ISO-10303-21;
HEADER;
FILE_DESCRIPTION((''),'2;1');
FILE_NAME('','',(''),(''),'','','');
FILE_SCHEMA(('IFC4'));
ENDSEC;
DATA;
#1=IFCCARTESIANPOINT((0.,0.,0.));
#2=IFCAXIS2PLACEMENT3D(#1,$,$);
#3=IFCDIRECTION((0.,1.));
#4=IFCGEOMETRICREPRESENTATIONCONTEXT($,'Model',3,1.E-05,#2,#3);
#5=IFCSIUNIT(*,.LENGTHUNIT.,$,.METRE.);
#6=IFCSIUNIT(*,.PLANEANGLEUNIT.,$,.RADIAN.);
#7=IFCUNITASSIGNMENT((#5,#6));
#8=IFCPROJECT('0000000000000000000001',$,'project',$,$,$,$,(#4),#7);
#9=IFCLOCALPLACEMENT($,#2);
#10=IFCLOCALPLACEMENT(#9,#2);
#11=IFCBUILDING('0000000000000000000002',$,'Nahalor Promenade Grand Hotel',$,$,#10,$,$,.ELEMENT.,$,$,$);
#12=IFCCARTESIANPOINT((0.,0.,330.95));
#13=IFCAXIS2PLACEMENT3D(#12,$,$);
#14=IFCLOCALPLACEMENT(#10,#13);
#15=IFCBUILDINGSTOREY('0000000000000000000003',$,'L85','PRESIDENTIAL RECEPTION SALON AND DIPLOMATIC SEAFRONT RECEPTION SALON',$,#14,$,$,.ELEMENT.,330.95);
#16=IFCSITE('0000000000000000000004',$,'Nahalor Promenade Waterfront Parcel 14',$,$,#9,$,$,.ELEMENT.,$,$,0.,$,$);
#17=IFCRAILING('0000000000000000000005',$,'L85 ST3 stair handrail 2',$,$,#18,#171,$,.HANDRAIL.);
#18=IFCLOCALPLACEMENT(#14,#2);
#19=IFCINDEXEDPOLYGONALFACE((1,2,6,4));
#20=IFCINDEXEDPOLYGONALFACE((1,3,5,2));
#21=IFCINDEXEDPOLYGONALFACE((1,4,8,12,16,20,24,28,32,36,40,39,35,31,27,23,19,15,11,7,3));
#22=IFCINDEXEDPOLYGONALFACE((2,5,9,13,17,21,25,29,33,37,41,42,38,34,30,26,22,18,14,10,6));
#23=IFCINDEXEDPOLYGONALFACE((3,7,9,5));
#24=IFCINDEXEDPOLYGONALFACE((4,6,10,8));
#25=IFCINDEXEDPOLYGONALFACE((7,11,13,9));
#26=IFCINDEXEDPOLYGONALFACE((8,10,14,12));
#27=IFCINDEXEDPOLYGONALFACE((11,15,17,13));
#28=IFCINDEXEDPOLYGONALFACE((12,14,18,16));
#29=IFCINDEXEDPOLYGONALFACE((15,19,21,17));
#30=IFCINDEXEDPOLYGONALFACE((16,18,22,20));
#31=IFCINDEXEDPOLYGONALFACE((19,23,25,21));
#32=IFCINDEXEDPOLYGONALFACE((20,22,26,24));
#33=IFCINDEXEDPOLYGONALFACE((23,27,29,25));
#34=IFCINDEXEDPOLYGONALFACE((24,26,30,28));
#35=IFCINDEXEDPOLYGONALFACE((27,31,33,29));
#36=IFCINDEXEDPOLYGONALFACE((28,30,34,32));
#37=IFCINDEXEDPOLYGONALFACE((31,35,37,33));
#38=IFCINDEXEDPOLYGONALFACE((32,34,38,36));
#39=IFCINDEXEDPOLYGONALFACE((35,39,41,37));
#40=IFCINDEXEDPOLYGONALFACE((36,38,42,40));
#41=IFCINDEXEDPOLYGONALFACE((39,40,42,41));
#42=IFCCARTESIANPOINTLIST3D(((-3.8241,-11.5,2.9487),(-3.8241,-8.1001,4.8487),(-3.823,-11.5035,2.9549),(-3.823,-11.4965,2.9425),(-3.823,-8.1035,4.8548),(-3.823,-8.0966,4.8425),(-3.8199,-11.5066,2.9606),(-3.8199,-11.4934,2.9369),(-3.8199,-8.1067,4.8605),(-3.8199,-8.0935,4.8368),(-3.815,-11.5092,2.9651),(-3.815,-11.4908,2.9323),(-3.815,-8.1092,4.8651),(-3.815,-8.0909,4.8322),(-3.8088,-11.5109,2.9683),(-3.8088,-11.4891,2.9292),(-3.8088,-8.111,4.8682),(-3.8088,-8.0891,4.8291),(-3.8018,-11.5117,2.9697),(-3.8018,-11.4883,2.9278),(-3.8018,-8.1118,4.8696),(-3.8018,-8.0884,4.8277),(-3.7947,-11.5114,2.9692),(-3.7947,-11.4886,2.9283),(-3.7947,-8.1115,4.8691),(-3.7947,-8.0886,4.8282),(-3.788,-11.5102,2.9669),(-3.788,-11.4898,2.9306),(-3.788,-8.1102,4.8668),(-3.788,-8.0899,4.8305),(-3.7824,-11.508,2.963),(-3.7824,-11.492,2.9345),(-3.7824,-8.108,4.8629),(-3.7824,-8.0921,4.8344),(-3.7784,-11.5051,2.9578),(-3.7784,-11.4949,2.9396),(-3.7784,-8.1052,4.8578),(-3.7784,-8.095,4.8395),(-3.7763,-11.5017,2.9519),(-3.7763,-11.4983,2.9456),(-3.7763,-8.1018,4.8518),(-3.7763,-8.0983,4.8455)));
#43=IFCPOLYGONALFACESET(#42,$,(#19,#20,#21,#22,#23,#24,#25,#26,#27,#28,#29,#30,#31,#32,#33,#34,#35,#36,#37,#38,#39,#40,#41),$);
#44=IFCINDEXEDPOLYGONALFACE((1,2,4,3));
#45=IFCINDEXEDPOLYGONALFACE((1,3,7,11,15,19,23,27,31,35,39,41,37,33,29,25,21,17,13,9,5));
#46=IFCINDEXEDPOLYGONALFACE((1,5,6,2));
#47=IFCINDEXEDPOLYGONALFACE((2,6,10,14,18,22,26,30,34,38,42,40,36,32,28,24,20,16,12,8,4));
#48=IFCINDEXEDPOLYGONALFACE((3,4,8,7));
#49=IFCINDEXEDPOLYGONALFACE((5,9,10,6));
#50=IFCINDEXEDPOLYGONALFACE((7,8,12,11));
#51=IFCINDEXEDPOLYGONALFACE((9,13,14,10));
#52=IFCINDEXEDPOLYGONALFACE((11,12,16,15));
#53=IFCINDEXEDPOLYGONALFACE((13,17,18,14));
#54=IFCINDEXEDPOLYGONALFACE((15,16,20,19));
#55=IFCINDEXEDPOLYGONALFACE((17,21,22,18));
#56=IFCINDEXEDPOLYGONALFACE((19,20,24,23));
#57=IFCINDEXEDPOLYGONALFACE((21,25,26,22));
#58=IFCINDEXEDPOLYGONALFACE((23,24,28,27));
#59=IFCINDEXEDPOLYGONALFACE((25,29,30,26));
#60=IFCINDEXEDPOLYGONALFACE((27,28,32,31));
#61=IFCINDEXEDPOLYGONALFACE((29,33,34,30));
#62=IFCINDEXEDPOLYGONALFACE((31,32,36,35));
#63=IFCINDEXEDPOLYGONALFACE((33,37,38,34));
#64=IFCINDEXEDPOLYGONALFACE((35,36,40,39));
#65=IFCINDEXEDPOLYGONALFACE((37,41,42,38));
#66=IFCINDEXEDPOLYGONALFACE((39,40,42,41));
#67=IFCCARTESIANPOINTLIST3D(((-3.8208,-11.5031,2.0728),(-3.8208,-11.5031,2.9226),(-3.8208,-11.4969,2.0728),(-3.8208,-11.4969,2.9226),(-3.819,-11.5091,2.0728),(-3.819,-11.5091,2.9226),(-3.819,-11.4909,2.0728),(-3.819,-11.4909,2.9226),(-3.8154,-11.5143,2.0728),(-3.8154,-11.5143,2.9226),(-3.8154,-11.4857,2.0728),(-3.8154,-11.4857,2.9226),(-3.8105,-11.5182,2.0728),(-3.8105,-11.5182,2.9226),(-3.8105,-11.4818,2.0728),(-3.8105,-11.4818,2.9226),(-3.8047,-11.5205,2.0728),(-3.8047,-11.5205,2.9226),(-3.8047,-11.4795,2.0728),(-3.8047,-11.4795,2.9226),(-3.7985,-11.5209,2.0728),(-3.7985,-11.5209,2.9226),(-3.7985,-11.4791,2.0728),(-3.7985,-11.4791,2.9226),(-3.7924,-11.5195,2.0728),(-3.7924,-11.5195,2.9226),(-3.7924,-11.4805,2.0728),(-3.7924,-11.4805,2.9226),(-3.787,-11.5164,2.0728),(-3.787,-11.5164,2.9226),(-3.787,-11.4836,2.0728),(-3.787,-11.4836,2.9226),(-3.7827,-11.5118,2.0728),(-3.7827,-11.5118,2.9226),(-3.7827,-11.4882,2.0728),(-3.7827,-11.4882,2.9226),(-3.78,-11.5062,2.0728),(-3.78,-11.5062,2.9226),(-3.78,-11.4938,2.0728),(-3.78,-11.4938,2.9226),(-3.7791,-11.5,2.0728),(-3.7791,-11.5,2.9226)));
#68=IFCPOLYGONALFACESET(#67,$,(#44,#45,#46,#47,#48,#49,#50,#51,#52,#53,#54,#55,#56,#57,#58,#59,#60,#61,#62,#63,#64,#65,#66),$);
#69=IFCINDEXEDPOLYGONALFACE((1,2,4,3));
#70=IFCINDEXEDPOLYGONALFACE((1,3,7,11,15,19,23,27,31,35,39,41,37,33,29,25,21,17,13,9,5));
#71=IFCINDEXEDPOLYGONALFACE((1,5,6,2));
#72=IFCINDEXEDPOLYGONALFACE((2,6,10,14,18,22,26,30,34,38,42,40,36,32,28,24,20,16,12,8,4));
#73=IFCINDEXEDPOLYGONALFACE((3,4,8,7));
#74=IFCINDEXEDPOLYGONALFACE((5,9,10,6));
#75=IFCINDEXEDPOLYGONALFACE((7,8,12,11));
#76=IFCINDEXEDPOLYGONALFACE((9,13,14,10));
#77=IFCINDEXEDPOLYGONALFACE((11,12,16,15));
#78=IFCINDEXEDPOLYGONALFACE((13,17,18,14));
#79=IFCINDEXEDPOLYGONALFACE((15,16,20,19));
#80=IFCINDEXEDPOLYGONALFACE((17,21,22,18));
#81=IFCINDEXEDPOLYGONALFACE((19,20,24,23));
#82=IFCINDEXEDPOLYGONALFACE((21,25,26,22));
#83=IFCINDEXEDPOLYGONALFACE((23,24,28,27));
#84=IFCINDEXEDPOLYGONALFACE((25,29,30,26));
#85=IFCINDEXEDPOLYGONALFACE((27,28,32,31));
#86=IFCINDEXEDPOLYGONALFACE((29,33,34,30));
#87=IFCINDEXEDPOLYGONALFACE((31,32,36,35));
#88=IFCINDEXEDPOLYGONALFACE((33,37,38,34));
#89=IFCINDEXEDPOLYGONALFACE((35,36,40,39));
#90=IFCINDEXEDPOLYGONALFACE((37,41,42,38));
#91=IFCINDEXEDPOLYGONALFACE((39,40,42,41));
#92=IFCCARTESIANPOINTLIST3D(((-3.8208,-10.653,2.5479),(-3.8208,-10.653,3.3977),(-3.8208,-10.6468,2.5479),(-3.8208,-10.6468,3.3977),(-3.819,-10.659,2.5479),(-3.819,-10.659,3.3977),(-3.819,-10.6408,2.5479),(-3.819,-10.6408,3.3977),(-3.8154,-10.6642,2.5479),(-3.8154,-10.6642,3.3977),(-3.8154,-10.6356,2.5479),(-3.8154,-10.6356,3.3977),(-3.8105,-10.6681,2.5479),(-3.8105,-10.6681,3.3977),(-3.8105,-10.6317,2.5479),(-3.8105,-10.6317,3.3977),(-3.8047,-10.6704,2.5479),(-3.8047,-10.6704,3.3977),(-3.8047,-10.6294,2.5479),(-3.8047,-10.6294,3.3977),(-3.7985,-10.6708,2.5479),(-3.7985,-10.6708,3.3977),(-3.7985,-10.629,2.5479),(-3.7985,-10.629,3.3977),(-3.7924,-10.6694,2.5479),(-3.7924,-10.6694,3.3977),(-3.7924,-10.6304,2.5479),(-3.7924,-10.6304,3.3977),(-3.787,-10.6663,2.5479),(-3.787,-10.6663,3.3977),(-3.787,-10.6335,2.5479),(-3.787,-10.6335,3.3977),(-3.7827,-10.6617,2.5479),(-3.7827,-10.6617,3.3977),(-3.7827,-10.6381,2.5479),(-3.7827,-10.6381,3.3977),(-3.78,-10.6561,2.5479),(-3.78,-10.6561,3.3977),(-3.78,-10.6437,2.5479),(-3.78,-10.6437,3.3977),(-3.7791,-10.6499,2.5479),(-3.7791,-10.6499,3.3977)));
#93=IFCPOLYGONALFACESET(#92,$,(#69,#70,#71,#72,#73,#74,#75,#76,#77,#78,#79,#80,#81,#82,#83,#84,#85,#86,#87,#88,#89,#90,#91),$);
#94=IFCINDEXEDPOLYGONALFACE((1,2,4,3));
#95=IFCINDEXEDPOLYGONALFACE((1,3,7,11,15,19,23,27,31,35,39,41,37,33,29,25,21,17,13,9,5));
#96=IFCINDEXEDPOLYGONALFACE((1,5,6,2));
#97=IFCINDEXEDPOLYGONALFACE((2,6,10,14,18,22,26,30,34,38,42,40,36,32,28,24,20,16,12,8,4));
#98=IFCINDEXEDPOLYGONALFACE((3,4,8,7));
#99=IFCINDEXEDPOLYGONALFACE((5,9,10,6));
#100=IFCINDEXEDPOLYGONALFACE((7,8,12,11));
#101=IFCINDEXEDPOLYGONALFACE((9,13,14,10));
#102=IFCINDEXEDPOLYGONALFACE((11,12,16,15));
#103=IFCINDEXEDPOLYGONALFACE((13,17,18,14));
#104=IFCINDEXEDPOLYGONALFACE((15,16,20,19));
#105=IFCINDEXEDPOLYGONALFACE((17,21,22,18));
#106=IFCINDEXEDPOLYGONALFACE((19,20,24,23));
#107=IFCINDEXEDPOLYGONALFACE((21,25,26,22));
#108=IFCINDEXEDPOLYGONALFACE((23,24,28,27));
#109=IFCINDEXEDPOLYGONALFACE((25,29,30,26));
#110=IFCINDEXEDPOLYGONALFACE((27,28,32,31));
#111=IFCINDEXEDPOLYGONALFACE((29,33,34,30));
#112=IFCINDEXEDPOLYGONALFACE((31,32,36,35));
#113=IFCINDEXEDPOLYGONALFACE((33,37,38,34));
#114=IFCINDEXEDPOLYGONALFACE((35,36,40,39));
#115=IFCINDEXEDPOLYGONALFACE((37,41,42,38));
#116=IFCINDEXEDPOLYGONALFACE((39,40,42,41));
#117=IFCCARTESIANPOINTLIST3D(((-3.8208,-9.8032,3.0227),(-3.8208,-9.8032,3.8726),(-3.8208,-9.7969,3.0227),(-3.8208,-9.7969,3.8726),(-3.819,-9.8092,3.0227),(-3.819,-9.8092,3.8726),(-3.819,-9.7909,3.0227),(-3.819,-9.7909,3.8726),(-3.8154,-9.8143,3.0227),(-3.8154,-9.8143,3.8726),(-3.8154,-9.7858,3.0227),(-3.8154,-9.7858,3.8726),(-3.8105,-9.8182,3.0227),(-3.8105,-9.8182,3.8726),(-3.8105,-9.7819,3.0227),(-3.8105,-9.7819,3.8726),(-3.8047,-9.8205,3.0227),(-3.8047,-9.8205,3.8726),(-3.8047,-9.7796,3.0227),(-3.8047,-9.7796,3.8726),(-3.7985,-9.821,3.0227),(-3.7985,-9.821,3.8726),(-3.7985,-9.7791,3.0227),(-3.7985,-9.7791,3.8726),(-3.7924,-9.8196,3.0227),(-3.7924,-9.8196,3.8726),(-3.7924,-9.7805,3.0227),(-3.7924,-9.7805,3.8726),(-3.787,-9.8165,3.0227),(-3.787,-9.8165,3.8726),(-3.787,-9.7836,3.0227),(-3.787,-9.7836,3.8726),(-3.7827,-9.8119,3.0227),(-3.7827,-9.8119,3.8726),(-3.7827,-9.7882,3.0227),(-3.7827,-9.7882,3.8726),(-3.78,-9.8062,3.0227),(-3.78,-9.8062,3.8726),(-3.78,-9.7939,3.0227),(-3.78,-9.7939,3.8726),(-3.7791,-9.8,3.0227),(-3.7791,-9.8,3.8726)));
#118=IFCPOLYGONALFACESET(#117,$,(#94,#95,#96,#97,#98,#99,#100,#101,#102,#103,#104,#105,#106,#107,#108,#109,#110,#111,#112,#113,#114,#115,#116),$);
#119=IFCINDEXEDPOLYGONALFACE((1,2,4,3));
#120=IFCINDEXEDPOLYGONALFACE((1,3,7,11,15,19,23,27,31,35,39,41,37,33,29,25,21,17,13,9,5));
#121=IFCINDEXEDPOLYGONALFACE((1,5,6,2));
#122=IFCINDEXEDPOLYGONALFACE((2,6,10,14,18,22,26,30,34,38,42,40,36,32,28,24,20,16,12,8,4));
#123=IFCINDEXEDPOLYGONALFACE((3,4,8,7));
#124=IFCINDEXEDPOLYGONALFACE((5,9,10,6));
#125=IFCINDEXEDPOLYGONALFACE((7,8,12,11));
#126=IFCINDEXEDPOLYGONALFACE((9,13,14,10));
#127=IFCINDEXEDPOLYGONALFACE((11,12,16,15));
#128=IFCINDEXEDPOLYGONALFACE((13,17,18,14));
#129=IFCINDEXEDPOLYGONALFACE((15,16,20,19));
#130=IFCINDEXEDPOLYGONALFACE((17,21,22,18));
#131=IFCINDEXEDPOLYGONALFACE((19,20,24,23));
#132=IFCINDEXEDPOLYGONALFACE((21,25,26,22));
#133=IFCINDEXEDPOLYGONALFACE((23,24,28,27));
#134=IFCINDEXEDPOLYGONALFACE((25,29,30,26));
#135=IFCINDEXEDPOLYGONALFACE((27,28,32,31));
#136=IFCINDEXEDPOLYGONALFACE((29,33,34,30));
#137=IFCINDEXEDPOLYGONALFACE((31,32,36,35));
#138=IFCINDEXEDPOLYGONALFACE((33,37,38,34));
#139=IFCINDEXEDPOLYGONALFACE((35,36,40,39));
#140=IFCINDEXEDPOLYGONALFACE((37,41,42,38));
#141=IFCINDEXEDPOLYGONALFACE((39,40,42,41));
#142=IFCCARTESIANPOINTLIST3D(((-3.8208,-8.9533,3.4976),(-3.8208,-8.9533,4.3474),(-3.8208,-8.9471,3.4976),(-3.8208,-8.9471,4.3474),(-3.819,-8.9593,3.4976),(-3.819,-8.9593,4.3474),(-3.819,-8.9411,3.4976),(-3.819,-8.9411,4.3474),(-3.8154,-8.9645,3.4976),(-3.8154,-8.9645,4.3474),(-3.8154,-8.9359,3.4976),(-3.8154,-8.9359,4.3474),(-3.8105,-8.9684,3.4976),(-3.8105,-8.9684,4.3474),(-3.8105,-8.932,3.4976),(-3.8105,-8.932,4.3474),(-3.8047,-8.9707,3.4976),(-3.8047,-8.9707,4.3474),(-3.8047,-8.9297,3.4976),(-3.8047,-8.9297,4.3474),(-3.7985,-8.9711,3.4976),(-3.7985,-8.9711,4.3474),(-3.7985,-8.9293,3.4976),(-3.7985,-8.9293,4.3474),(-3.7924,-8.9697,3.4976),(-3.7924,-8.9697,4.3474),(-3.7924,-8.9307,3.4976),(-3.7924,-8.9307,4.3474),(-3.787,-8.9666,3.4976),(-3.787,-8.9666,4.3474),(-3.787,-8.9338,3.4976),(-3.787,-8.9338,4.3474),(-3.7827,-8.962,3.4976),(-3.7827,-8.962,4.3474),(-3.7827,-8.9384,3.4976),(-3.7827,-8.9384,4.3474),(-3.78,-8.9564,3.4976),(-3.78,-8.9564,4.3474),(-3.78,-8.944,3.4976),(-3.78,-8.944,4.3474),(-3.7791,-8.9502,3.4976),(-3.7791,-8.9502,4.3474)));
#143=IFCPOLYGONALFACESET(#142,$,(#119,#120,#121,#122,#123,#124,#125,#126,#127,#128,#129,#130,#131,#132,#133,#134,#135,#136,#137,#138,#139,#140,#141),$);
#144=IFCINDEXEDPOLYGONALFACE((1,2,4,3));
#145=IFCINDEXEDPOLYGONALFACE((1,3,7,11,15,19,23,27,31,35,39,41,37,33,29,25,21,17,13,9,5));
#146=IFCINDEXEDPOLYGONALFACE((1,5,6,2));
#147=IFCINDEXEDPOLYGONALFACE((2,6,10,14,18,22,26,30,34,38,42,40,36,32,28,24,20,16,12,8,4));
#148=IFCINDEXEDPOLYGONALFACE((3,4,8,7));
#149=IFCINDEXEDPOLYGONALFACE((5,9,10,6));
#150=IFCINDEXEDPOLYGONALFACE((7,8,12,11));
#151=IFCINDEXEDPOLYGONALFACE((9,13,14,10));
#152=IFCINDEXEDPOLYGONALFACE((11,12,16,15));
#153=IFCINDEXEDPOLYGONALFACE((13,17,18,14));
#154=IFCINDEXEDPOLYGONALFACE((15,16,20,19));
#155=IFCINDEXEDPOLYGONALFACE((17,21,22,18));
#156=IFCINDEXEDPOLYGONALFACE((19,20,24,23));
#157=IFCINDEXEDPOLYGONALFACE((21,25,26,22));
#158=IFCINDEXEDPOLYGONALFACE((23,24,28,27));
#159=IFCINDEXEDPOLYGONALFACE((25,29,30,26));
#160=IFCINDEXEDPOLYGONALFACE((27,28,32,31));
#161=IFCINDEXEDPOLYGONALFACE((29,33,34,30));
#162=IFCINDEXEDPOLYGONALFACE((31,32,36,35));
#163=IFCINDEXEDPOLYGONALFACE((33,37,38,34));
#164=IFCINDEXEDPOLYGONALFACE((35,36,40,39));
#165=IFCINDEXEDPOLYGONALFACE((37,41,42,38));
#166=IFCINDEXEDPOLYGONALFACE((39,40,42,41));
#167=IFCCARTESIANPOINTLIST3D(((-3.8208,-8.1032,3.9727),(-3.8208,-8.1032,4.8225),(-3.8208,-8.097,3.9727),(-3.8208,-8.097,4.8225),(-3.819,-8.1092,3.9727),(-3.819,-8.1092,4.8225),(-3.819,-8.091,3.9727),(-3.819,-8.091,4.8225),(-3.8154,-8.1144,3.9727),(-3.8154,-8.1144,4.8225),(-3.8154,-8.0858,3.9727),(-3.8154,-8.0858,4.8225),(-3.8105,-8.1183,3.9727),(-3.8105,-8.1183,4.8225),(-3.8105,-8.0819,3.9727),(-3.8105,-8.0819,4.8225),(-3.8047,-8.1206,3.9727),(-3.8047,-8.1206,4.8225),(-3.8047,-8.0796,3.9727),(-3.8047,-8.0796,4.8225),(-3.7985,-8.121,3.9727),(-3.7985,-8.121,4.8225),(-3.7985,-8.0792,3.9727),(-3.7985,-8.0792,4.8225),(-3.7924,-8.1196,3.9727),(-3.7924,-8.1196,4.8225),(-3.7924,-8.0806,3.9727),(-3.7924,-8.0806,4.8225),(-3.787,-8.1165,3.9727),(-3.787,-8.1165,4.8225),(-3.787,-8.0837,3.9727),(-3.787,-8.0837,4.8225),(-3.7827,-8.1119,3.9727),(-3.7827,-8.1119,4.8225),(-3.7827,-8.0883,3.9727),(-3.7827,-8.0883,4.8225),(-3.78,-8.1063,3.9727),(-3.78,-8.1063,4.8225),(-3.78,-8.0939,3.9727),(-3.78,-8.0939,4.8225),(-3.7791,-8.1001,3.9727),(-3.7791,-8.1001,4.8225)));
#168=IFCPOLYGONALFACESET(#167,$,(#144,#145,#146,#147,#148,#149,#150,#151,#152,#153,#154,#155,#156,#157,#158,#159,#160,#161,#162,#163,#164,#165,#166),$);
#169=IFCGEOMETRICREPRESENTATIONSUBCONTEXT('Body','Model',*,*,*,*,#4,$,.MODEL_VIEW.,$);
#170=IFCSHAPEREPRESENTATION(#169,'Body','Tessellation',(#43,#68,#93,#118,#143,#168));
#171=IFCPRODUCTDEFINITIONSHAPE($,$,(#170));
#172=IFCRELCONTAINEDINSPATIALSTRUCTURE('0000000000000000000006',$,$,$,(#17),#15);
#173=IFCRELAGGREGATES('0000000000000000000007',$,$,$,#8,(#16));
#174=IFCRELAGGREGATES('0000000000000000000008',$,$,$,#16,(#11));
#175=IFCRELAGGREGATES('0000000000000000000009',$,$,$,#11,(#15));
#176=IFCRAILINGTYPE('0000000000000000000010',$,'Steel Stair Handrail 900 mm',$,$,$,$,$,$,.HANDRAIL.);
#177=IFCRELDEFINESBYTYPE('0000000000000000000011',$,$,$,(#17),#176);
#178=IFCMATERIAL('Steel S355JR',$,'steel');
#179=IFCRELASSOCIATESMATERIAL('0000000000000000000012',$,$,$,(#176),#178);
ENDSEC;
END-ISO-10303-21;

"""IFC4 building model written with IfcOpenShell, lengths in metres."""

from ifc_helpers import new_model, si_unit, direction, frame, origin, origin_2d, place, context, subcontext, project, spatial, circle, extrude, material, type_object, element, save


model = new_model("IFC4")

# Units and contexts
model_context = context("Model", 3, precision=1e-05, world=origin(), true_north=direction((0.0, 1.0)))
body_context = subcontext(model_context, "Body", "Model", "MODEL_VIEW")
ifc_project = project(units=[si_unit("LENGTHUNIT", "METRE"), si_unit("PLANEANGLEUNIT", "RADIAN")], contexts=[model_context])

# Site, building, storey
site_placement = place(None, origin())
site = spatial("IfcSite", under=ifc_project, at=site_placement, Name="Nahalor Promenade Waterfront Parcel 14", CompositionType="ELEMENT", RefElevation=0.0)
building_placement = place(site_placement, origin())
building = spatial("IfcBuilding", under=site, at=building_placement, Name="Nahalor Promenade Grand Hotel", CompositionType="ELEMENT")
storey_placement = place(building_placement, frame((0.0, 0.0, 330.95)))
storey = spatial("IfcBuildingStorey", under=building, at=storey_placement, Name="L85", Description="PRESIDENTIAL RECEPTION SALON AND DIPLOMATIC SEAFRONT RECEPTION SALON", CompositionType="ELEMENT", Elevation=330.95)

# Shared definitions
ifc_material_1 = material(Name="Steel S355JR", Category="steel")

# Railing
railing_type_1 = type_object("IfcRailingType", Name="Steel Stair Handrail 900 mm", PredefinedType="HANDRAIL", material=ifc_material_1)
railing_1_placement = place(storey_placement, frame((-3.8, -11.5, 2.0728)))
element("IfcRailing", 1, at=railing_1_placement, inside=storey, type_object=railing_type_1, Name="L85 ST3 stair handrail 2", PredefinedType="HANDRAIL", context=body_context, shape_type="SweptSolid", body=[
    extrude(circle(Radius=0.024, at=origin_2d()), frame((0.0, 0.0, 0.876), z_axis=(0.0, 0.872948, 0.487813), x_axis=(-1.0, 0.0, 0.0)), (0.0, 0.0, 1.0), 3.8948),
    extrude(circle(Radius=0.021, at=origin_2d()), origin(), (0.0, 0.0, 1.0), 0.8499),
    extrude(circle(Radius=0.021, at=origin_2d()), frame((0.0, 0.8501, 0.4751)), (0.0, 0.0, 1.0), 0.8499),
    extrude(circle(Radius=0.021, at=origin_2d()), frame((0.0, 1.7, 0.95)), (0.0, 0.0, 1.0), 0.8499),
    extrude(circle(Radius=0.021, at=origin_2d()), frame((0.0, 2.5498, 1.4248)), (0.0, 0.0, 1.0), 0.8499),
    extrude(circle(Radius=0.021, at=origin_2d()), frame((0.0, 3.3999, 1.8999)), (0.0, 0.0, 1.0), 0.8499),
])

save(model, "model.ifc")
